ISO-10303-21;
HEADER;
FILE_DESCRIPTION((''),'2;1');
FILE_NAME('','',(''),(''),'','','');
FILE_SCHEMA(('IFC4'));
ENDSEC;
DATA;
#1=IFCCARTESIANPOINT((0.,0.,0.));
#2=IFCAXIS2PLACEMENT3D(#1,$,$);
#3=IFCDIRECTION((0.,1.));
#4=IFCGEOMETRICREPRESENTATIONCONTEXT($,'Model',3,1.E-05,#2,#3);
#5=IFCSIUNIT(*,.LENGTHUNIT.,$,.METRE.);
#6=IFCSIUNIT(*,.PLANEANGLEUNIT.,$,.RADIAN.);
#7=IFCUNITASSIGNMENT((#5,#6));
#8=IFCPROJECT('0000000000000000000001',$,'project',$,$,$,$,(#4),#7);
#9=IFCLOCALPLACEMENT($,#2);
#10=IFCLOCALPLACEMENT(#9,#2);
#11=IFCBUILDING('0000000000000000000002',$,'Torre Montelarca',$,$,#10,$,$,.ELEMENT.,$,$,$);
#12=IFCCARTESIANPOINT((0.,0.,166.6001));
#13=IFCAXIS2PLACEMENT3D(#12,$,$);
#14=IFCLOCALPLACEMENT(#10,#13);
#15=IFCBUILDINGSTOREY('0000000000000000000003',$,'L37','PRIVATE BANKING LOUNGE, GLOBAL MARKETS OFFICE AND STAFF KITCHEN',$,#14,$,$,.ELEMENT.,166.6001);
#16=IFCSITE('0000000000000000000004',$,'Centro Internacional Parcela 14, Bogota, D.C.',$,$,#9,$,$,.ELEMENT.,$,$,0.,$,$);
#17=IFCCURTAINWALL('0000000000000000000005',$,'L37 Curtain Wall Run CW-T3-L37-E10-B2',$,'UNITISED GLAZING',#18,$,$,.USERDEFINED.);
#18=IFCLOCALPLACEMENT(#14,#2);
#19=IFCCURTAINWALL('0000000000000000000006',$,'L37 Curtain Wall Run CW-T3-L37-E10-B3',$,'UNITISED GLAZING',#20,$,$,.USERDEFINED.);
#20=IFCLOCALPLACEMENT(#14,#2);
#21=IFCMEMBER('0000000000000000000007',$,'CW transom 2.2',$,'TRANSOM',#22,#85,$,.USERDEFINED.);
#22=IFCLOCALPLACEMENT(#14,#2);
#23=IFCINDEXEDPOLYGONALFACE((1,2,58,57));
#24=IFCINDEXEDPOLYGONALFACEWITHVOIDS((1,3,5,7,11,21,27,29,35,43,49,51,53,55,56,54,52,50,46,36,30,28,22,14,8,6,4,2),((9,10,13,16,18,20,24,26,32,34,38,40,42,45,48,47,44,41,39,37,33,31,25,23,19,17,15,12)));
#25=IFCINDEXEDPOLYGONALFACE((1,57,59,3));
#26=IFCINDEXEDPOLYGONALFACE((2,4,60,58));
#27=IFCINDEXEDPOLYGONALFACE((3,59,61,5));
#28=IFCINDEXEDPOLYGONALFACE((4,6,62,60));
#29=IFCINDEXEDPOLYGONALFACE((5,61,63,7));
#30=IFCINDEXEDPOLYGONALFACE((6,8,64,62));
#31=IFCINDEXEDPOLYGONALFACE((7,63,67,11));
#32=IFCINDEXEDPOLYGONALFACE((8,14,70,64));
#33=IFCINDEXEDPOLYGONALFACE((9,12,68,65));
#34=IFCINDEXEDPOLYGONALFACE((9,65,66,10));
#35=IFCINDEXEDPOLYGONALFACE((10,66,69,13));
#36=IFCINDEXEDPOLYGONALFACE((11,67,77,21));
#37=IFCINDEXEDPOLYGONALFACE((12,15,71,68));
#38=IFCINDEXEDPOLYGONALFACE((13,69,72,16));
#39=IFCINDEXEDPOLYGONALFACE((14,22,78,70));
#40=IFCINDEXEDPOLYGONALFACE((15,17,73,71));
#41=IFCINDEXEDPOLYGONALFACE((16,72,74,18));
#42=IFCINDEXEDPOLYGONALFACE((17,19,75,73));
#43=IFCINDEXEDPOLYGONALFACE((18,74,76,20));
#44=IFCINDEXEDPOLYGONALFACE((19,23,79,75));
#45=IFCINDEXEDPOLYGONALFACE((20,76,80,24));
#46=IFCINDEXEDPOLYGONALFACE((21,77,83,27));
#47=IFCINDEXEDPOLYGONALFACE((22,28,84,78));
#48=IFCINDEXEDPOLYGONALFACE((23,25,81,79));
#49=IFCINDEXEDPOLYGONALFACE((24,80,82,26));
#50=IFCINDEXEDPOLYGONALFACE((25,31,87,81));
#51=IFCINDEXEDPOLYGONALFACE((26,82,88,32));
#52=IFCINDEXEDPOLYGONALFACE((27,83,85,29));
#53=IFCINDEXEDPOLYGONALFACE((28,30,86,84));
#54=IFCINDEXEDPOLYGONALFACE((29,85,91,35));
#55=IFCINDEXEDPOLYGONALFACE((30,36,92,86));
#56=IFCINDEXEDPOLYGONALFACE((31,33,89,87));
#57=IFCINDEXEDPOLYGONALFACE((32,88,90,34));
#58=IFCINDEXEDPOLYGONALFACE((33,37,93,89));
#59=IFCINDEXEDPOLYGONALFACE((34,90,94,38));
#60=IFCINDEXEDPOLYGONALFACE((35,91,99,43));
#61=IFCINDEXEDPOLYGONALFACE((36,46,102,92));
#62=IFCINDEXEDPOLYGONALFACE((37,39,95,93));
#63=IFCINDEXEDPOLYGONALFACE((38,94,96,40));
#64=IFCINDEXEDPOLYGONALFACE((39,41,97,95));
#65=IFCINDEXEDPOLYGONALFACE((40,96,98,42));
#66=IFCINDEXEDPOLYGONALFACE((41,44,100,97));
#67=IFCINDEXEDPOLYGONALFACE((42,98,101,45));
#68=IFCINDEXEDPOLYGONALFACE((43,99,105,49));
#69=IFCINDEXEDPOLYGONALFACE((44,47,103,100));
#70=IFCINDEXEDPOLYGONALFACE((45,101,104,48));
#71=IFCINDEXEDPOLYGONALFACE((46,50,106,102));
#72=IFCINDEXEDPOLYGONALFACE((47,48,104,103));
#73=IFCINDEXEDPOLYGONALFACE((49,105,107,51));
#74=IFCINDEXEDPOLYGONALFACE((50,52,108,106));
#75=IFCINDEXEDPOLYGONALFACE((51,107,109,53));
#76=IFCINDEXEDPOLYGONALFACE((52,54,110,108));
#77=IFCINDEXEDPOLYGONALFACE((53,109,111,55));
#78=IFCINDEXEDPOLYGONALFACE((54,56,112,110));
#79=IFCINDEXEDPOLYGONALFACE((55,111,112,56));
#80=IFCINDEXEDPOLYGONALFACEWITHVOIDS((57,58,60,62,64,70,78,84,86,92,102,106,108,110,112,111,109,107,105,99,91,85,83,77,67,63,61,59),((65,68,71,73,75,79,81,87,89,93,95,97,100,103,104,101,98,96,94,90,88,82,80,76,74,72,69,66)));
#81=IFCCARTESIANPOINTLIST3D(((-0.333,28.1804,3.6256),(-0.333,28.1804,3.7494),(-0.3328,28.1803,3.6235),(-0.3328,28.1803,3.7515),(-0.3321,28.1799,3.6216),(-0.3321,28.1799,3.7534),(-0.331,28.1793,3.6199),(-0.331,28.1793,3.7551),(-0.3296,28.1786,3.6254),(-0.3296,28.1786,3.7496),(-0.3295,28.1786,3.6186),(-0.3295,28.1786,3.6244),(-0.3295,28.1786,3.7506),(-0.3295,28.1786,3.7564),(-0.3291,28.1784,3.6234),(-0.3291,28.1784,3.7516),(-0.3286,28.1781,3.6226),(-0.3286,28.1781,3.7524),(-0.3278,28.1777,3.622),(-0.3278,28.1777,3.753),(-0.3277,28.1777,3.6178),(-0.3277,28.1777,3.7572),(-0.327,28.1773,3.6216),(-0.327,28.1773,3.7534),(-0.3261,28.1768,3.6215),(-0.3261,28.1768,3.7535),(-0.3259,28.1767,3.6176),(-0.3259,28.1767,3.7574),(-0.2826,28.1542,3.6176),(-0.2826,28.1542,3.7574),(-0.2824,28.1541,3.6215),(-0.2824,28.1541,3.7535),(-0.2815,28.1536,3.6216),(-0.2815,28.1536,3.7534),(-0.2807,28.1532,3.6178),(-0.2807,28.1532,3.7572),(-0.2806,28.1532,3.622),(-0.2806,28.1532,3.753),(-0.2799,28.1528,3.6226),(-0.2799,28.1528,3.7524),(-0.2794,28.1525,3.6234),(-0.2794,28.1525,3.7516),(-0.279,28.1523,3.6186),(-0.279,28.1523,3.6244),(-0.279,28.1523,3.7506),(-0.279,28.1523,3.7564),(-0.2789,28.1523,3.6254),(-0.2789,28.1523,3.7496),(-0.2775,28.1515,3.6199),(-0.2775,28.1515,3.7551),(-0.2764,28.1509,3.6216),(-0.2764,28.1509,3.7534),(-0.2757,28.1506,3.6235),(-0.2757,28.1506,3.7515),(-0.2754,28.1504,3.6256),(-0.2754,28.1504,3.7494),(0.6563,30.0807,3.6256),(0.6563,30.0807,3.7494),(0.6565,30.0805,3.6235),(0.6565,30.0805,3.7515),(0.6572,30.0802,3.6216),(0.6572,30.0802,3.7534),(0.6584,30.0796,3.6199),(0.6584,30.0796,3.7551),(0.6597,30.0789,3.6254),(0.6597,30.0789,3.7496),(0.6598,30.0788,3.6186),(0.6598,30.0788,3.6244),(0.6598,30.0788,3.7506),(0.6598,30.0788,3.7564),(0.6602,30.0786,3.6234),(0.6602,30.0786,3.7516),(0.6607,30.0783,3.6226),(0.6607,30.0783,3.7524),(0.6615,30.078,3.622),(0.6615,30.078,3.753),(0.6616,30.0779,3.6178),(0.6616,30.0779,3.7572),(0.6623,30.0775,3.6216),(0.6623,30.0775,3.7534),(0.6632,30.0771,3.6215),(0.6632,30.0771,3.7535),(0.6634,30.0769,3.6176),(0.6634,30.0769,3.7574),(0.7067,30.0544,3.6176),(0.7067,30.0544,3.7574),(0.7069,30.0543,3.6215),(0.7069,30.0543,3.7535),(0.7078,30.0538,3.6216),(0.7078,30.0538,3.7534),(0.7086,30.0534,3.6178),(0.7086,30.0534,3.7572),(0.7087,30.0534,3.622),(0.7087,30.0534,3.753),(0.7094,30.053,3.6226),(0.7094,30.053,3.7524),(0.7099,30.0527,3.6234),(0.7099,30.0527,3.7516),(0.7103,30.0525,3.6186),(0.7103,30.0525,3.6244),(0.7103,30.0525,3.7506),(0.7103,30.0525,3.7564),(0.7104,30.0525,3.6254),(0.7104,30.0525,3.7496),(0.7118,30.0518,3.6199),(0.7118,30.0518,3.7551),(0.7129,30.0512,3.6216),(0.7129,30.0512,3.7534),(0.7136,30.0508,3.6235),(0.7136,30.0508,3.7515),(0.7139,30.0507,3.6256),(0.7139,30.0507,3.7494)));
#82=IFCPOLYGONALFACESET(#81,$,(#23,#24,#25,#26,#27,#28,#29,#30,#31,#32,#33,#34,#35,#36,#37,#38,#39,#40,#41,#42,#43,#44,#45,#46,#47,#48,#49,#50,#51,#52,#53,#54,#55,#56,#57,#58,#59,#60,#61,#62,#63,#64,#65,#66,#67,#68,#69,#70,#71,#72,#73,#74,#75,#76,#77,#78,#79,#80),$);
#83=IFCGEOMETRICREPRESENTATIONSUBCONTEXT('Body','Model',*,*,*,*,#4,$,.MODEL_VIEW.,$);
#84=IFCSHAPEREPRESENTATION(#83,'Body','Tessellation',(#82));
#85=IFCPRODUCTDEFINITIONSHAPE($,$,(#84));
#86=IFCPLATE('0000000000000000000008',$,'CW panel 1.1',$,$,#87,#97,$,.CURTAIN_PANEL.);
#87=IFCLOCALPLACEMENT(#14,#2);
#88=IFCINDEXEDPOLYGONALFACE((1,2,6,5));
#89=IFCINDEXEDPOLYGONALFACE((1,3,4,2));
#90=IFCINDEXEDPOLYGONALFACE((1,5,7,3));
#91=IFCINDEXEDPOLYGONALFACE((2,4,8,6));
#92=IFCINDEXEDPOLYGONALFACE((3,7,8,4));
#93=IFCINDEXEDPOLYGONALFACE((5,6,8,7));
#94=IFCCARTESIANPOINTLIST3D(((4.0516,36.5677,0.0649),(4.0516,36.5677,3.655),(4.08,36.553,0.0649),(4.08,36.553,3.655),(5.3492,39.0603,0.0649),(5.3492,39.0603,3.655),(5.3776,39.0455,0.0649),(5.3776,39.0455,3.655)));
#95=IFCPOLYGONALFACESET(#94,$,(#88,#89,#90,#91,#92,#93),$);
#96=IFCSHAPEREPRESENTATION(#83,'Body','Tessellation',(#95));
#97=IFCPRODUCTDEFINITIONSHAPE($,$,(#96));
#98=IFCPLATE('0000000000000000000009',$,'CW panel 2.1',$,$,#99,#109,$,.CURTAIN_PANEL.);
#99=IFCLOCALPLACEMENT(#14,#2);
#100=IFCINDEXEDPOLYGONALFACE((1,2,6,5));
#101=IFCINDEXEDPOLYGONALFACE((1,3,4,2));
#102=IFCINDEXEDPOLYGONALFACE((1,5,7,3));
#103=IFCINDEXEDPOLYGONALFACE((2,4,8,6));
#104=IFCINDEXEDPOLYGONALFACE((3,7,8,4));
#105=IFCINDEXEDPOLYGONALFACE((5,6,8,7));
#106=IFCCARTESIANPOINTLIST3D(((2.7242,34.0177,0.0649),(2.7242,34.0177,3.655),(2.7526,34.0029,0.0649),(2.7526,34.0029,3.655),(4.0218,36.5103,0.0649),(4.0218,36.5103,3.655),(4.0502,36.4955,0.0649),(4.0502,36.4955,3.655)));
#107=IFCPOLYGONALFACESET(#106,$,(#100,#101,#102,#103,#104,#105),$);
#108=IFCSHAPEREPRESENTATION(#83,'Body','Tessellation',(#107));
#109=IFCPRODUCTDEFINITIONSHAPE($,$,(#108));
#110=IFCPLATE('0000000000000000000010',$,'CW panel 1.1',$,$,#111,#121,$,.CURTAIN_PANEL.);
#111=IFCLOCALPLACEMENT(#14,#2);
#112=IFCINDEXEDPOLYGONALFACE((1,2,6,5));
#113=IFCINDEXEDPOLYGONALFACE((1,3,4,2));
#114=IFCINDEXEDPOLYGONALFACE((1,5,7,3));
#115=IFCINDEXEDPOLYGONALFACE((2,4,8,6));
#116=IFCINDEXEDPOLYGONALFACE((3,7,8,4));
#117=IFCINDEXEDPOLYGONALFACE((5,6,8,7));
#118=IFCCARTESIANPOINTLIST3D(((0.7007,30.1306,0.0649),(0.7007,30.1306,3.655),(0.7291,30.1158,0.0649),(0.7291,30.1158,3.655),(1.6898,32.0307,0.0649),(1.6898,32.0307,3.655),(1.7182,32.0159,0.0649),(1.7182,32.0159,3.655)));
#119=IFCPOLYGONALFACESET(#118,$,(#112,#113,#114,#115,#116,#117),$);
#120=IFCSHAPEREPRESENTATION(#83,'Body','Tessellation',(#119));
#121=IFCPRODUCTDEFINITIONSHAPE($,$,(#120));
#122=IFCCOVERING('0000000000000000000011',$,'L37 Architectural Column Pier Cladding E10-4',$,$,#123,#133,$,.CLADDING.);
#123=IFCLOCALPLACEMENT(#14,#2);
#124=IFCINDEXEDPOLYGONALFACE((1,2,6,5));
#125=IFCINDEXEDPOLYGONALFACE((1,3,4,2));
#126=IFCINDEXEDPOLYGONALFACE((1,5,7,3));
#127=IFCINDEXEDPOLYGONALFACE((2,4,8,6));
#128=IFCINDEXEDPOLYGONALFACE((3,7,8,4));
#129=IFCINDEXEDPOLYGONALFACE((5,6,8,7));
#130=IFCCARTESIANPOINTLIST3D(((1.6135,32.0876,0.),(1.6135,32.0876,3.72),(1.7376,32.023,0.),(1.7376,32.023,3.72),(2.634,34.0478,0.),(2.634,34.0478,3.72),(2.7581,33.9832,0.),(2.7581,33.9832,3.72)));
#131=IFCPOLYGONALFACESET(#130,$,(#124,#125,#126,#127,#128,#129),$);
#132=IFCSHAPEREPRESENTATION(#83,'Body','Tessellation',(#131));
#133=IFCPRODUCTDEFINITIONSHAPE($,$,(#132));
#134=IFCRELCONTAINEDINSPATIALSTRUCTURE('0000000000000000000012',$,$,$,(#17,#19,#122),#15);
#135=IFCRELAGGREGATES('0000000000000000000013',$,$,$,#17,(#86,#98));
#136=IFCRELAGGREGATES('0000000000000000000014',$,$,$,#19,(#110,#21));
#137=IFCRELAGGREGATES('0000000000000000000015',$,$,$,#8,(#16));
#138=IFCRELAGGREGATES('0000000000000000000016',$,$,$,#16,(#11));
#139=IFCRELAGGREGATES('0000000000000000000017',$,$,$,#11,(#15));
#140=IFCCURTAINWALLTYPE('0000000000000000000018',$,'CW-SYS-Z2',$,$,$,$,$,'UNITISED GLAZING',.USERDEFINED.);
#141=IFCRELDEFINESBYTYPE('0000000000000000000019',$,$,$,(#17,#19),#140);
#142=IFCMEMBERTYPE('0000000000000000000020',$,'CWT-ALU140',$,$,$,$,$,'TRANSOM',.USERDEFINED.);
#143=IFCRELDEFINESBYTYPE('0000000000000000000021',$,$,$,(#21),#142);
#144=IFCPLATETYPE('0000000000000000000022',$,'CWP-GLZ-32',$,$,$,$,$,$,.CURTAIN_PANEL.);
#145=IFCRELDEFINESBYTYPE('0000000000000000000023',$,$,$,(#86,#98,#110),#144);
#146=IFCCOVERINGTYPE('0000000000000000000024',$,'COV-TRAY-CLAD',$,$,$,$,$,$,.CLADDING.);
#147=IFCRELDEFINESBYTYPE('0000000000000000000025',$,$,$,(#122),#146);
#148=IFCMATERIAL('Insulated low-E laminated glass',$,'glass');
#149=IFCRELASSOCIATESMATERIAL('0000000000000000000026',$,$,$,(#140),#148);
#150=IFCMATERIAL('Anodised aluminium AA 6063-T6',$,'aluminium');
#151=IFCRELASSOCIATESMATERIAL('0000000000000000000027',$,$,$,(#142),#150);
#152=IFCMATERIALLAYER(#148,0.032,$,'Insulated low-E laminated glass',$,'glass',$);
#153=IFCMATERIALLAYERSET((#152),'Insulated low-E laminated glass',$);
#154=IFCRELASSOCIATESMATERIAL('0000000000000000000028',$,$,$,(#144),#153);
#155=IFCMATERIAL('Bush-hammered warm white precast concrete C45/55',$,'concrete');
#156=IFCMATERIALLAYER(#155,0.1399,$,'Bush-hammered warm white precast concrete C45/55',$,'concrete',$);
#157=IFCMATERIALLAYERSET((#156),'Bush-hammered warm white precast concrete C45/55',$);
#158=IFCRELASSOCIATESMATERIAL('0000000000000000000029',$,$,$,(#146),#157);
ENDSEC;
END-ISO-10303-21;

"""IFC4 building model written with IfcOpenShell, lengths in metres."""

from ifc_helpers import new_model, si_unit, direction, frame, origin, origin_2d, place, context, subcontext, project, spatial, rectangle, hollow_rectangle, extrude, source, transform, mapped, material, layer, layer_set, material_profile, profile_set, type_object, element, aggregate, save


model = new_model("IFC4")

# Units and contexts
model_context = context("Model", 3, precision=1e-05, world=origin(), true_north=direction((0.0, 1.0)))
body_context = subcontext(model_context, "Body", "Model", "MODEL_VIEW")
ifc_project = project(units=[si_unit("LENGTHUNIT", "METRE"), si_unit("PLANEANGLEUNIT", "RADIAN")], contexts=[model_context])

# Site, building, storey
site_placement = place(None, origin())
site = spatial("IfcSite", under=ifc_project, at=site_placement, Name="Centro Internacional Parcela 14, Bogota, D.C.", CompositionType="ELEMENT", RefElevation=0.0)
building_placement = place(site_placement, origin())
building = spatial("IfcBuilding", under=site, at=building_placement, Name="Torre Montelarca", CompositionType="ELEMENT")
storey_placement = place(building_placement, frame((0.0, 0.0, 166.6001)))
storey = spatial("IfcBuildingStorey", under=building, at=storey_placement, Name="L37", Description="PRIVATE BANKING LOUNGE, GLOBAL MARKETS OFFICE AND STAFF KITCHEN", CompositionType="ELEMENT", Elevation=166.6001)

# Curtain walls
ifc_material_1 = material(Name="Insulated low-E laminated glass", Category="glass")
curtain_wall_type = type_object("IfcCurtainWallType", Name="CW-SYS-Z2", ElementType="UNITISED GLAZING", PredefinedType="USERDEFINED", material=ifc_material_1)
curtain_wall_1_placement = place(storey_placement, origin())
curtain_wall_1 = element("IfcCurtainWall", 1, at=curtain_wall_1_placement, inside=storey, type_object=curtain_wall_type, Name="L37 Curtain Wall Run CW-T3-L37-E10-B2", ObjectType="UNITISED GLAZING", PredefinedType="USERDEFINED")
ifc_material_2 = material(Name="Anodised aluminium AA 6063-T6", Category="aluminium")
curtain_wall_2_placement = place(storey_placement, origin())
curtain_wall_2 = element("IfcCurtainWall", 2, at=curtain_wall_2_placement, inside=storey, type_object=curtain_wall_type, Name="L37 Curtain Wall Run CW-T3-L37-E10-B3", ObjectType="UNITISED GLAZING", PredefinedType="USERDEFINED")

# Member
ifc_material_profile_1 = material_profile(ifc_material_2, hollow_rectangle(XDim=0.0649, YDim=0.1399, WallThickness=0.0039, InnerFilletRadius=0.0039, OuterFilletRadius=0.0081, at=origin_2d()), Name="ALU65X140X4", Category="aluminium")
ifc_profile_set_1 = profile_set([ifc_material_profile_1], Name="Anodised aluminium AA 6063-T6")
member_type_1 = type_object("IfcMemberType", Name="CWT-ALU140", ElementType="TRANSOM", PredefinedType="USERDEFINED", material=ifc_profile_set_1)
shared_shape_1 = source(origin(), body_context, "Body", "SweptSolid", [
    extrude(hollow_rectangle(XDim=0.0649, YDim=0.1399, WallThickness=0.0039, InnerFilletRadius=0.0039, OuterFilletRadius=0.0081, at=origin_2d()), origin(), (0.0, 0.0, 1.0), 2.1423),
])
member_1_placement = place(storey_placement, frame((0.6851, 30.0657, 3.6875), z_axis=(-0.461787, -0.886991, 0.0), x_axis=(0.886991, -0.461787, 0.0)))
member_1 = element("IfcMember", 3, at=member_1_placement, type_object=member_type_1, Name="CW transom 2.2", ObjectType="TRANSOM", PredefinedType="USERDEFINED", context=body_context, shape_type="MappedRepresentation", body=[
    mapped(shared_shape_1, transform((0.0, 0.0, 0.0), scale=1.0)),
])

# Plates
ifc_layer_1 = layer(ifc_material_1, 0.032, Name="Insulated low-E laminated glass", Category="glass")
ifc_layer_set_1 = layer_set([ifc_layer_1], Name="Insulated low-E laminated glass")
plate_type = type_object("IfcPlateType", Name="CWP-GLZ-32", PredefinedType="CURTAIN_PANEL", material=ifc_layer_set_1)
shared_shape_2 = source(origin(), body_context, "Body", "SweptSolid", [
    extrude(rectangle(XDim=2.8101, YDim=0.032, at=origin_2d()), origin(), (0.0, 0.0, 1.0), 3.5901),
])
plate_1_placement = place(storey_placement, frame((4.7146, 37.8066, 0.0649), z_axis=(0.0, 0.0, 1.0), x_axis=(-0.461751, -0.88701, 0.0)))
plate_1 = element("IfcPlate", 4, at=plate_1_placement, type_object=plate_type, Name="CW panel 1.1", PredefinedType="CURTAIN_PANEL", context=body_context, shape_type="MappedRepresentation", body=[
    mapped(shared_shape_2, transform((0.0, 0.0, 0.0), scale=1.0)),
])
plate_2_placement = place(storey_placement, frame((3.3872, 35.2566, 0.0649), z_axis=(0.0, 0.0, 1.0), x_axis=(-0.461751, -0.88701, 0.0)))
plate_2 = element("IfcPlate", 5, at=plate_2_placement, type_object=plate_type, Name="CW panel 2.1", PredefinedType="CURTAIN_PANEL", context=body_context, shape_type="MappedRepresentation", body=[
    mapped(shared_shape_2, transform((0.0, 0.0, 0.0), scale=1.0)),
])
aggregate(curtain_wall_1, [plate_1, plate_2])
shared_shape_3 = source(origin(), body_context, "Body", "SweptSolid", [
    extrude(rectangle(XDim=2.1421, YDim=0.032, at=origin_2d()), origin(), (0.0, 0.0, 1.0), 3.5901),
])
plate_3_placement = place(storey_placement, frame((1.2095, 31.0732, 0.0649), z_axis=(0.0, 0.0, 1.0), x_axis=(-0.461737, -0.887017, 0.0)))
plate_3 = element("IfcPlate", 6, at=plate_3_placement, type_object=plate_type, Name="CW panel 1.1", PredefinedType="CURTAIN_PANEL", context=body_context, shape_type="MappedRepresentation", body=[
    mapped(shared_shape_3, transform((0.0, 0.0, 0.0), scale=1.0)),
])
aggregate(curtain_wall_2, [plate_3, member_1])

# Covering
ifc_material_3 = material(Name="Bush-hammered warm white precast concrete C45/55", Category="concrete")
ifc_layer_2 = layer(ifc_material_3, 0.1399, Name="Bush-hammered warm white precast concrete C45/55", Category="concrete")
ifc_layer_set_2 = layer_set([ifc_layer_2], Name="Bush-hammered warm white precast concrete C45/55")
covering_type = type_object("IfcCoveringType", Name="COV-TRAY-CLAD", PredefinedType="CLADDING", material=ifc_layer_set_2)
shared_shape_4 = source(origin(), body_context, "Body", "SweptSolid", [
    extrude(rectangle(XDim=2.21, YDim=0.1399, at=origin_2d()), origin(), (0.0, 0.0, 1.0), 3.72),
])
covering_placement = place(storey_placement, frame((2.1858, 33.0354, 0.0), z_axis=(0.0, 0.0, 1.0), x_axis=(-0.461746, -0.887012, 0.0)))
element("IfcCovering", 7, at=covering_placement, inside=storey, type_object=covering_type, Name="L37 Architectural Column Pier Cladding E10-4", PredefinedType="CLADDING", context=body_context, shape_type="MappedRepresentation", body=[
    mapped(shared_shape_4, transform((0.0, 0.0, 0.0), scale=1.0)),
])

save(model, "model.ifc")
